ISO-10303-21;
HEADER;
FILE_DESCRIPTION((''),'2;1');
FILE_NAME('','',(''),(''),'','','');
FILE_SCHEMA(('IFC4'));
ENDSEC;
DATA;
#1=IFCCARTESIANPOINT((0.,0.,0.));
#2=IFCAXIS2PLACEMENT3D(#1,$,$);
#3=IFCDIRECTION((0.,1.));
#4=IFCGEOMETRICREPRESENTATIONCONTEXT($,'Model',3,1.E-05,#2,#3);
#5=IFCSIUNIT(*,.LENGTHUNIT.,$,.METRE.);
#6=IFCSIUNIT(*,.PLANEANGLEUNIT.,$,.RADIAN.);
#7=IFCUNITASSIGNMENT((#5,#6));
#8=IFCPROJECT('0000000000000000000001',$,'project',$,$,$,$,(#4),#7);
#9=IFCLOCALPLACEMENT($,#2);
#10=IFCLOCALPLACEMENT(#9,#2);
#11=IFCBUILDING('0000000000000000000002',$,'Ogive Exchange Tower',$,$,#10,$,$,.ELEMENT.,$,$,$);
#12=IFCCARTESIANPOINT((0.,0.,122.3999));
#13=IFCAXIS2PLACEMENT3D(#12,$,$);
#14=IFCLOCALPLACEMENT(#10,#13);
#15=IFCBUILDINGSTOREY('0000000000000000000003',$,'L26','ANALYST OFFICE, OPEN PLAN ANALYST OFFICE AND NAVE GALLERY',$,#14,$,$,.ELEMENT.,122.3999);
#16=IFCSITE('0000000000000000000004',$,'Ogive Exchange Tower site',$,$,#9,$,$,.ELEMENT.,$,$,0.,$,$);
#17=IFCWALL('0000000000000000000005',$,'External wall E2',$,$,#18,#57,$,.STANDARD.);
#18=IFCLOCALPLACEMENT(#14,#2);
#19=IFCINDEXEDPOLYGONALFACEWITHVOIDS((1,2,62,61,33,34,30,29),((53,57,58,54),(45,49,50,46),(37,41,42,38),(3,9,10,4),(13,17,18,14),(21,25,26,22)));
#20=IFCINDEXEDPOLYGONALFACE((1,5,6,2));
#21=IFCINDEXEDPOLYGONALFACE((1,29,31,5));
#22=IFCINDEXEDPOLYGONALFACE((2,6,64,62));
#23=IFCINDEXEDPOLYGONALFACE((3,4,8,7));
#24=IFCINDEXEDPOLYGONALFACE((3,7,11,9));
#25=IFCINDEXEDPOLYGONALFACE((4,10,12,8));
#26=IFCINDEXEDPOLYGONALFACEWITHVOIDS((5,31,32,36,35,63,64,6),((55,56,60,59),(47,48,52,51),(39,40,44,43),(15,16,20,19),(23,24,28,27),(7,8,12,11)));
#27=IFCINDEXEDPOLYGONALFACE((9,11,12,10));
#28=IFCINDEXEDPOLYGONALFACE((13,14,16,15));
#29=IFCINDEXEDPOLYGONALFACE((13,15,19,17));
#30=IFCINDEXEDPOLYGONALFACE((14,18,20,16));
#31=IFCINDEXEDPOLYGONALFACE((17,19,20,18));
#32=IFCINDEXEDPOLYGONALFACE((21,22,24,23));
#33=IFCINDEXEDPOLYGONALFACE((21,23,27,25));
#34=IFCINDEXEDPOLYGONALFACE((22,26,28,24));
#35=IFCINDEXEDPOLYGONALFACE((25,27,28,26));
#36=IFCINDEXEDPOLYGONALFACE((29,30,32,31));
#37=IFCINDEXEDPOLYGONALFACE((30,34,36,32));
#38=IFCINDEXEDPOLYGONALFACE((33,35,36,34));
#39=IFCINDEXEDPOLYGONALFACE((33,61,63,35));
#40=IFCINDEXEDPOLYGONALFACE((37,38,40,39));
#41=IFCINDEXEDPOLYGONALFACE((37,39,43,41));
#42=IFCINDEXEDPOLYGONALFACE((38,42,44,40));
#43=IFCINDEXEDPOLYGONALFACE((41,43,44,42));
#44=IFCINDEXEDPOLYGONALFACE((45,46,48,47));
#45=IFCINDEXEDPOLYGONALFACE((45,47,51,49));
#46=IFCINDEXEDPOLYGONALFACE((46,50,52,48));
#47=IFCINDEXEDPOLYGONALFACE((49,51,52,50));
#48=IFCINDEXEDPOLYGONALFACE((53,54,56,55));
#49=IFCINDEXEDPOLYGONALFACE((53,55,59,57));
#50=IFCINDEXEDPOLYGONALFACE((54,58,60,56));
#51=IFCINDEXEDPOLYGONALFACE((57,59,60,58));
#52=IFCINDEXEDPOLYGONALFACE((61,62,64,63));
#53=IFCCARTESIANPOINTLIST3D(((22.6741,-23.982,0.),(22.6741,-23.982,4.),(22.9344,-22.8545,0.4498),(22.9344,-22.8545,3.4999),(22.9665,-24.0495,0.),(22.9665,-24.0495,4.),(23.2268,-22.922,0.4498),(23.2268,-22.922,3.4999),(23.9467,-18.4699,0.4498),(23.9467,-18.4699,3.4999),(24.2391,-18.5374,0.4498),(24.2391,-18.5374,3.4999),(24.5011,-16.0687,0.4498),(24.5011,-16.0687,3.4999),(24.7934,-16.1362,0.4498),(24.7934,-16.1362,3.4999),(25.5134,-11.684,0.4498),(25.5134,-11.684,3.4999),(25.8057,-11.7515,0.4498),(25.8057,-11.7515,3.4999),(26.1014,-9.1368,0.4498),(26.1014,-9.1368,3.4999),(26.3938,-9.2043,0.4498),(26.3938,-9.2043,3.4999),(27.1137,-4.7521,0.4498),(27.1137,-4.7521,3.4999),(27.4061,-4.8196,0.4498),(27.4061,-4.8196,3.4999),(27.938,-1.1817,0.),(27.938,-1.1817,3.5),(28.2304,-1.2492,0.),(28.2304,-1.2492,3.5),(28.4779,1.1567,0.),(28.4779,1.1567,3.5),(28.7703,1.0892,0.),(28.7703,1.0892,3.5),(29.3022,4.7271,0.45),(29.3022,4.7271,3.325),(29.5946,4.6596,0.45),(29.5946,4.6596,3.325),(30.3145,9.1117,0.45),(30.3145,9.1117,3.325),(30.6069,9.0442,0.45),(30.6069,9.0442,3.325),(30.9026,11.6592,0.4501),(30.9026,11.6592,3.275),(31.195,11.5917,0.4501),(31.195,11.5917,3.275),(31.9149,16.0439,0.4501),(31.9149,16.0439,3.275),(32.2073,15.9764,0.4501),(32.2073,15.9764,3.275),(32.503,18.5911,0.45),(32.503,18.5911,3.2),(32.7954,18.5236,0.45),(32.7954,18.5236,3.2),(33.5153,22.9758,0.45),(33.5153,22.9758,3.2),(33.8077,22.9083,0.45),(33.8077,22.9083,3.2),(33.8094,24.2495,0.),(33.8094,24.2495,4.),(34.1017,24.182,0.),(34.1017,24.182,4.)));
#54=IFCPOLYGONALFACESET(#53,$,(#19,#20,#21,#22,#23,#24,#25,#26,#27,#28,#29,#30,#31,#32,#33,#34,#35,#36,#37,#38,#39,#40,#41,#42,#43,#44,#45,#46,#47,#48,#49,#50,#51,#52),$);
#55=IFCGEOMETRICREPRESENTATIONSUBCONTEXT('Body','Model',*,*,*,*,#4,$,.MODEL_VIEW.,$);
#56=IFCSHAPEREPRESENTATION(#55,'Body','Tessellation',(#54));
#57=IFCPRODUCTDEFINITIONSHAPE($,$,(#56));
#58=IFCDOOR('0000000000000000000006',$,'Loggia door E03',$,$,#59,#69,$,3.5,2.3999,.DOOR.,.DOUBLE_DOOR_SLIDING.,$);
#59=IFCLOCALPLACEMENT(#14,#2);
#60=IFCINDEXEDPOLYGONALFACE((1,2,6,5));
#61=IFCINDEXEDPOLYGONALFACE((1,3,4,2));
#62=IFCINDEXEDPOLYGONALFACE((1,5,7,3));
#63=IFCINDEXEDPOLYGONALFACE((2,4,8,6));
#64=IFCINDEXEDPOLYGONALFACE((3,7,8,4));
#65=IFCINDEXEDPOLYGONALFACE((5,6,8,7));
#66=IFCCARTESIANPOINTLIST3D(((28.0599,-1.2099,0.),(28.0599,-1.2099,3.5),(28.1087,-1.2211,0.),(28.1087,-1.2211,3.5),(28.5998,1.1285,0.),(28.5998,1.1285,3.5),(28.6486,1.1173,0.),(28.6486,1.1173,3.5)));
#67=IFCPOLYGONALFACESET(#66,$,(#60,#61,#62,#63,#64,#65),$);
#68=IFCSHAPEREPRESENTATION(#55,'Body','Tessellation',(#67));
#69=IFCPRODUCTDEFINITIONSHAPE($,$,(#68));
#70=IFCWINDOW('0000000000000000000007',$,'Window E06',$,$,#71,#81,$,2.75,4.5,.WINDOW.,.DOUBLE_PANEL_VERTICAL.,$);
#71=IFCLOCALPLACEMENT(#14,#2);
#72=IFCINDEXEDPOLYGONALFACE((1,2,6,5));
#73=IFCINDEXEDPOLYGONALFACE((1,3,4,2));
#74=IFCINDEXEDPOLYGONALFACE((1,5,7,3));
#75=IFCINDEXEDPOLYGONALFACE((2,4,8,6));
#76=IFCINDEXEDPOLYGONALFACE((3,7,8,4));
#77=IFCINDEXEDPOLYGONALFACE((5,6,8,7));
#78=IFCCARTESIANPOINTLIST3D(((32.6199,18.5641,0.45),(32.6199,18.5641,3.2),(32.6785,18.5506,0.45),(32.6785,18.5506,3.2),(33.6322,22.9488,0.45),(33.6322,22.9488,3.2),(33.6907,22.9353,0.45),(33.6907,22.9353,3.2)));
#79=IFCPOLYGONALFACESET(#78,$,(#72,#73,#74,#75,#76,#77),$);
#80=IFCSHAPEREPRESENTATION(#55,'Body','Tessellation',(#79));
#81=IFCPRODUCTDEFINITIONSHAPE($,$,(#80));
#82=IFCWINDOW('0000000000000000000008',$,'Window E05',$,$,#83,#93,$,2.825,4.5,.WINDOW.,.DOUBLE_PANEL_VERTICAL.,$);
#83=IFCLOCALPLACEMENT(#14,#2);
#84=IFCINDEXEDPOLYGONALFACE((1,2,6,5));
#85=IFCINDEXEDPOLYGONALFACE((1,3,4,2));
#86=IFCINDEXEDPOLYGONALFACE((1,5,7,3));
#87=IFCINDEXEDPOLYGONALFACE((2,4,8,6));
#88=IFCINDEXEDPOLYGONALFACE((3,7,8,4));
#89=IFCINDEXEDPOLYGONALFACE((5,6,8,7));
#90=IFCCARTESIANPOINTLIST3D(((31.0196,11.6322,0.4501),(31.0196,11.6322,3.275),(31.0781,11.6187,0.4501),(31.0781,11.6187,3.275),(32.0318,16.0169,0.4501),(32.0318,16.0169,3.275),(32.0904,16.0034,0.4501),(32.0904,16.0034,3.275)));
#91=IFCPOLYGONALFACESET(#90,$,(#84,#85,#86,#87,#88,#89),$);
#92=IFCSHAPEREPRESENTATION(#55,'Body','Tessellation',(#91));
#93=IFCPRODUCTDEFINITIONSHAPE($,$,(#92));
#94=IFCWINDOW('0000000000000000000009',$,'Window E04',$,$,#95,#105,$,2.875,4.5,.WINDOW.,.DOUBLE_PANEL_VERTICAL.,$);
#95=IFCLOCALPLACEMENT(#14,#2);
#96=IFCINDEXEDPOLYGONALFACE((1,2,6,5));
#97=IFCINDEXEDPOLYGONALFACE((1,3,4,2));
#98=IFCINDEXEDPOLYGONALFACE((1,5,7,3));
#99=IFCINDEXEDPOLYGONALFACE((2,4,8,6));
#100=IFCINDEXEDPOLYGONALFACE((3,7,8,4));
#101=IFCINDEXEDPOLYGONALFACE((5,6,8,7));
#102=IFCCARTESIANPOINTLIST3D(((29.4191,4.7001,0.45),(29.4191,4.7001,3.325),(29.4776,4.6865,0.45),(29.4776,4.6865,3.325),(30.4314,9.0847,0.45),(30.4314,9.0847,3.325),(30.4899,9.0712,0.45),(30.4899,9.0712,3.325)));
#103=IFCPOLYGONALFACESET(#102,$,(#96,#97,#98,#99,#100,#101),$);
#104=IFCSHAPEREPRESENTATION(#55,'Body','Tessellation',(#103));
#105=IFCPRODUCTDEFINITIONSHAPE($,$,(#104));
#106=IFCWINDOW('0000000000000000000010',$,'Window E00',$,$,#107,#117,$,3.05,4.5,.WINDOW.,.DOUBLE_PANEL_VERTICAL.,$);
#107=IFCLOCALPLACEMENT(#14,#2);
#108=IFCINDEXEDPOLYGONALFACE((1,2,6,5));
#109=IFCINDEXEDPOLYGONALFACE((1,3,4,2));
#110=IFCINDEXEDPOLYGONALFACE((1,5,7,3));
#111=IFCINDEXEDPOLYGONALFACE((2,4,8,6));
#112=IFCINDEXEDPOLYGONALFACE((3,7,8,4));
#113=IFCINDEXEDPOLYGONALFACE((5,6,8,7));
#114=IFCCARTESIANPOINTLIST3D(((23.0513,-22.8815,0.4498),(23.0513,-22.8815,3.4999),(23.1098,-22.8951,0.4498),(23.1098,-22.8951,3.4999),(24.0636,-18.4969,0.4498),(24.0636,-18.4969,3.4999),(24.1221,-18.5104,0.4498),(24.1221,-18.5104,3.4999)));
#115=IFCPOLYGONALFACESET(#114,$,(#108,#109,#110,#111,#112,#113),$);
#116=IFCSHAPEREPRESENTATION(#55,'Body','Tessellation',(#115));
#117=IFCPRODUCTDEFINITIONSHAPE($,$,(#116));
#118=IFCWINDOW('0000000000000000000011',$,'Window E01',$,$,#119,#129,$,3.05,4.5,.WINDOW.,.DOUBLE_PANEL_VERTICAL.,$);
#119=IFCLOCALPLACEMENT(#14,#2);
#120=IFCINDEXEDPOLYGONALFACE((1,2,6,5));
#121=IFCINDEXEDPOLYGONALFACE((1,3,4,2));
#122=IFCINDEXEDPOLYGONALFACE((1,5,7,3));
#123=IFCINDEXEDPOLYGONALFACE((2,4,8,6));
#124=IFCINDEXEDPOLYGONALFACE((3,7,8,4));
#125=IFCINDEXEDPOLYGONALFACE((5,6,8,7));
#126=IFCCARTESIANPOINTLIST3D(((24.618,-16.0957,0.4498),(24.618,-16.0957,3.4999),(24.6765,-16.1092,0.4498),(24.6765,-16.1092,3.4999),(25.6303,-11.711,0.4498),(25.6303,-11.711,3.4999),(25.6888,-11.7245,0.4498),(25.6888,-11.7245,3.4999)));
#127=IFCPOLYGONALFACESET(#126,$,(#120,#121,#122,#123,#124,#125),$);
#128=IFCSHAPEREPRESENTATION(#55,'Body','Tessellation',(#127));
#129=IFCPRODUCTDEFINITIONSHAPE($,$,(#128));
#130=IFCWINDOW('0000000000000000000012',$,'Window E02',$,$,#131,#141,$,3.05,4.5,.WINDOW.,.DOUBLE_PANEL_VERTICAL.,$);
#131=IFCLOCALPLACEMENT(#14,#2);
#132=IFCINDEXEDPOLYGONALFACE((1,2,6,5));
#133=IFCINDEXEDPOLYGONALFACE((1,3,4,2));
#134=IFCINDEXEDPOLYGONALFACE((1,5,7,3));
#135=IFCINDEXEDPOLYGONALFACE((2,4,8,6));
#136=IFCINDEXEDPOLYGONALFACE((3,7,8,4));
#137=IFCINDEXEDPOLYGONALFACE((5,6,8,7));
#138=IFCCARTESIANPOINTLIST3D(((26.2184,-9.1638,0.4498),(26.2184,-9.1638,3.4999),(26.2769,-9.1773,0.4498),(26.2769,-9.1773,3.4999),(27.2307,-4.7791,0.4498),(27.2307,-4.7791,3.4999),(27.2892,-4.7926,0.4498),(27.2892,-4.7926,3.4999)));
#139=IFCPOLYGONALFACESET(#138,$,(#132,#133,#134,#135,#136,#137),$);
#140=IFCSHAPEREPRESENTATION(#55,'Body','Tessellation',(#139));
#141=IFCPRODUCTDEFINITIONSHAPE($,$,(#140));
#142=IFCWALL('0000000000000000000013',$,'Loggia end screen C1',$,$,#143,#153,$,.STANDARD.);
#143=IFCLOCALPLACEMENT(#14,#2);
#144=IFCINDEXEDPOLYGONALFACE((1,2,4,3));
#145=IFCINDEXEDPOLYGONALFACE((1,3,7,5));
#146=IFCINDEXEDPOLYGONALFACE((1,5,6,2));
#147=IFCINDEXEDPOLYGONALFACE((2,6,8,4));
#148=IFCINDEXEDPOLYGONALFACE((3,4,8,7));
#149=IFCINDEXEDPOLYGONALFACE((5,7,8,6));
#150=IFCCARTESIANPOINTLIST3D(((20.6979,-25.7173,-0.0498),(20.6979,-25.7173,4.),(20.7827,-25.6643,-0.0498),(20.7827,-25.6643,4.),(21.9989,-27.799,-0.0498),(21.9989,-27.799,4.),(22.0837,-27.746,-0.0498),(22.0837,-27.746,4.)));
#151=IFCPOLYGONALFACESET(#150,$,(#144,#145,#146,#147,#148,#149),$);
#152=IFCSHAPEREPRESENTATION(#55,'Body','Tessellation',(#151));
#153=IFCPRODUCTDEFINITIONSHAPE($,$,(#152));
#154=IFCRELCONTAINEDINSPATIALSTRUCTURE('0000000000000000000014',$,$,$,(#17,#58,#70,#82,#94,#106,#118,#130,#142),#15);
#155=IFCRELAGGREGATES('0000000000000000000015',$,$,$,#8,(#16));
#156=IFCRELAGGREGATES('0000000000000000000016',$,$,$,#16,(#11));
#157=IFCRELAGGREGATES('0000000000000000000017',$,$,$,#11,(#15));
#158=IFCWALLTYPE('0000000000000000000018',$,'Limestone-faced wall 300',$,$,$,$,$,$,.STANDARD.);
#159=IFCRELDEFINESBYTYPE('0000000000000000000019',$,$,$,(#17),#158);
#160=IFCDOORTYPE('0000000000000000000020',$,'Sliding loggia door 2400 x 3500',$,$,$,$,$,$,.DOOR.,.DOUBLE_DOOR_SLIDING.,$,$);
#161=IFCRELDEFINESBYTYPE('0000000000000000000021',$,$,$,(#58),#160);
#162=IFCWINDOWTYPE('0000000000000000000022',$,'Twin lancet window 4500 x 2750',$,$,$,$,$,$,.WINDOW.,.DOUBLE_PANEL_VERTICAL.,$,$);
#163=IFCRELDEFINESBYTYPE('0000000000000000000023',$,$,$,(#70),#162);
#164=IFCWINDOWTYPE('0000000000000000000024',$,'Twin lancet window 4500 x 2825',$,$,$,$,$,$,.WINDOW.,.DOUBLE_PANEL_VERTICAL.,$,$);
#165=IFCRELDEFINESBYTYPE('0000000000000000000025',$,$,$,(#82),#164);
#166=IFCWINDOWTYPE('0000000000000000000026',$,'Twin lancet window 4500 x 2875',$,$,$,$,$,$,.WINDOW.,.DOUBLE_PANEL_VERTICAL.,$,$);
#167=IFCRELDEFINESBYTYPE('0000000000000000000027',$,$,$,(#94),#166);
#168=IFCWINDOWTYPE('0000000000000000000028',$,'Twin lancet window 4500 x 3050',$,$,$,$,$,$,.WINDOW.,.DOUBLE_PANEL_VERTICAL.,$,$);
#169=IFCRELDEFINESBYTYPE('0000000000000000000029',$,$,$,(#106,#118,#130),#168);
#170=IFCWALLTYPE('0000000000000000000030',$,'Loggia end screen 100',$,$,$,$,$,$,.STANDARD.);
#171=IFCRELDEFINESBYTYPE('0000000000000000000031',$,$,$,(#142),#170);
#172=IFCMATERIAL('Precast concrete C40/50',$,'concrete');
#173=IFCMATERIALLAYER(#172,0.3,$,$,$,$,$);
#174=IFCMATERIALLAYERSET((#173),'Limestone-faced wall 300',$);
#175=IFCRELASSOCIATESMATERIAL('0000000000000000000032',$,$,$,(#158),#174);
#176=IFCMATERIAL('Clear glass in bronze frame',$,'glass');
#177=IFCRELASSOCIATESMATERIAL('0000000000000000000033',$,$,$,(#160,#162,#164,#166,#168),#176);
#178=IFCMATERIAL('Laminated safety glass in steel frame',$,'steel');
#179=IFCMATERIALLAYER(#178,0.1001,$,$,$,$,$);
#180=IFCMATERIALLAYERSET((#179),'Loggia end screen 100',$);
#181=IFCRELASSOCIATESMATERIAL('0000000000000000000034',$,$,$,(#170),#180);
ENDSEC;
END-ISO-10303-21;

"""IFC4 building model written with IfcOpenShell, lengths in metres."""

from ifc_helpers import new_model, si_unit, direction, frame, frame_2d, origin, place, context, subcontext, project, spatial, rectangle, extrude, material, layer, layer_set, type_object, element, fill, save


model = new_model("IFC4")

# Units and contexts
model_context = context("Model", 3, precision=1e-05, world=origin(), true_north=direction((0.0, 1.0)))
body_context = subcontext(model_context, "Body", "Model", "MODEL_VIEW")
ifc_project = project(units=[si_unit("LENGTHUNIT", "METRE"), si_unit("PLANEANGLEUNIT", "RADIAN")], contexts=[model_context])

# Site, building, storey
site_placement = place(None, origin())
site = spatial("IfcSite", under=ifc_project, at=site_placement, Name="Ogive Exchange Tower site", CompositionType="ELEMENT", RefElevation=0.0)
building_placement = place(site_placement, origin())
building = spatial("IfcBuilding", under=site, at=building_placement, Name="Ogive Exchange Tower", CompositionType="ELEMENT")
storey_placement = place(building_placement, frame((0.0, 0.0, 122.3999)))
storey = spatial("IfcBuildingStorey", under=building, at=storey_placement, Name="L26", Description="ANALYST OFFICE, OPEN PLAN ANALYST OFFICE AND NAVE GALLERY", CompositionType="ELEMENT", Elevation=122.3999)

# Wall, openings, door, windows
ifc_material_1 = material(Name="Precast concrete C40/50", Category="concrete")
ifc_layer_1 = layer(ifc_material_1, 0.3)
ifc_layer_set_1 = layer_set([ifc_layer_1], Name="Limestone-faced wall 300")
wall_type_1 = type_object("IfcWallType", Name="Limestone-faced wall 300", PredefinedType="STANDARD", material=ifc_layer_set_1)
wall_1_placement = place(storey_placement, frame((22.8203, -24.0156, 0.0), z_axis=(0.0, 0.0, 1.0), x_axis=(0.224954, 0.974369, 0.0)))
wall_1 = element("IfcWall", 1, at=wall_1_placement, inside=storey, type_object=wall_type_1, Name="External wall E2", PredefinedType="STANDARD", context=body_context, shape_type="SweptSolid", body=[
    extrude(rectangle(XDim=49.5002, YDim=0.3, at=frame_2d((24.75, 0.0))), origin(), (0.0, 0.0, 1.0), 4.0),
])
opening_1_placement = place(wall_1_placement, frame((1.157, 0.0, 0.45)))
opening_1 = element("IfcOpeningElement", 2, at=opening_1_placement, cuts=wall_1, PredefinedType="OPENING", context=body_context, shape_type="SweptSolid", body=[
    extrude(rectangle(XDim=4.5, YDim=3.05, at=frame_2d((2.25, 1.5249))), frame((0.0, 0.1599, 0.0), z_axis=(0.0, -1.0, 0.0), x_axis=(1.0, 0.0, 0.0)), (0.0, 0.0, 1.0), 0.3201),
])
opening_2_placement = place(wall_1_placement, frame((8.1213, 0.0, 0.45)))
opening_2 = element("IfcOpeningElement", 3, at=opening_2_placement, cuts=wall_1, PredefinedType="OPENING", context=body_context, shape_type="SweptSolid", body=[
    extrude(rectangle(XDim=4.5, YDim=3.05, at=frame_2d((2.25, 1.5249))), frame((0.0, 0.1599, 0.0), z_axis=(0.0, -1.0, 0.0), x_axis=(1.0, 0.0, 0.0)), (0.0, 0.0, 1.0), 0.3201),
])
opening_3_placement = place(wall_1_placement, frame((15.2356, 0.0, 0.45)))
opening_3 = element("IfcOpeningElement", 4, at=opening_3_placement, cuts=wall_1, PredefinedType="OPENING", context=body_context, shape_type="SweptSolid", body=[
    extrude(rectangle(XDim=4.5, YDim=3.05, at=frame_2d((2.25, 1.5249))), frame((0.0, 0.1599, 0.0), z_axis=(0.0, -1.0, 0.0), x_axis=(1.0, 0.0, 0.0)), (0.0, 0.0, 1.0), 0.3201),
])
opening_4_placement = place(wall_1_placement, frame((23.3999, 0.0, 0.0)))
opening_4 = element("IfcOpeningElement", 5, at=opening_4_placement, cuts=wall_1, PredefinedType="OPENING", context=body_context, shape_type="SweptSolid", body=[
    extrude(rectangle(XDim=2.3999, YDim=3.5, at=frame_2d((1.2, 1.75))), frame((0.0, 0.1599, 0.0), z_axis=(0.0, -1.0, 0.0), x_axis=(1.0, 0.0, 0.0)), (0.0, 0.0, 1.0), 0.3201),
])
opening_5_placement = place(wall_1_placement, frame((29.4641, 0.0, 0.45)))
opening_5 = element("IfcOpeningElement", 6, at=opening_5_placement, cuts=wall_1, PredefinedType="OPENING", context=body_context, shape_type="SweptSolid", body=[
    extrude(rectangle(XDim=4.5, YDim=2.875, at=frame_2d((2.25, 1.4375))), frame((0.0, 0.1599, 0.0), z_axis=(0.0, -1.0, 0.0), x_axis=(1.0, 0.0, 0.0)), (0.0, 0.0, 1.0), 0.3201),
])
opening_6_placement = place(wall_1_placement, frame((36.5786, 0.0, 0.45)))
opening_6 = element("IfcOpeningElement", 7, at=opening_6_placement, cuts=wall_1, PredefinedType="OPENING", context=body_context, shape_type="SweptSolid", body=[
    extrude(rectangle(XDim=4.5, YDim=2.825, at=frame_2d((2.25, 1.4126))), frame((0.0, 0.1599, 0.0), z_axis=(0.0, -1.0, 0.0), x_axis=(1.0, 0.0, 0.0)), (0.0, 0.0, 1.0), 0.3201),
])
opening_7_placement = place(wall_1_placement, frame((43.6929, 0.0, 0.45)))
opening_7 = element("IfcOpeningElement", 8, at=opening_7_placement, cuts=wall_1, PredefinedType="OPENING", context=body_context, shape_type="SweptSolid", body=[
    extrude(rectangle(XDim=4.5, YDim=2.75, at=frame_2d((2.25, 1.375))), frame((0.0, 0.1599, 0.0), z_axis=(0.0, -1.0, 0.0), x_axis=(1.0, 0.0, 0.0)), (0.0, 0.0, 1.0), 0.3201),
])
ifc_material_2 = material(Name="Clear glass in bronze frame", Category="glass")
door_type = type_object("IfcDoorType", Name="Sliding loggia door 2400 x 3500", OperationType="DOUBLE_DOOR_SLIDING", PredefinedType="DOOR", material=ifc_material_2)
door_placement = place(opening_4_placement, origin())
door = element("IfcDoor", 9, at=door_placement, inside=storey, type_object=door_type, Name="Loggia door E03", OperationType="DOUBLE_DOOR_SLIDING", OverallHeight=3.5, OverallWidth=2.3999, PredefinedType="DOOR", context=body_context, shape_type="SweptSolid", body=[
    extrude(rectangle(XDim=2.3999, YDim=3.5, at=frame_2d((1.2, 1.75))), frame((0.0, 0.0249, 0.0), z_axis=(0.0, -1.0, 0.0), x_axis=(1.0, 0.0, 0.0)), (0.0, 0.0, 1.0), 0.05),
])
fill(opening_4, door)
window_type_1 = type_object("IfcWindowType", Name="Twin lancet window 4500 x 2750", PartitioningType="DOUBLE_PANEL_VERTICAL", PredefinedType="WINDOW", material=ifc_material_2)
window_1_placement = place(opening_7_placement, origin())
window_1 = element("IfcWindow", 10, at=window_1_placement, inside=storey, type_object=window_type_1, Name="Window E06", OverallHeight=2.75, OverallWidth=4.5, PartitioningType="DOUBLE_PANEL_VERTICAL", PredefinedType="WINDOW", context=body_context, shape_type="SweptSolid", body=[
    extrude(rectangle(XDim=4.5, YDim=2.75, at=frame_2d((2.25, 1.375))), frame((0.0, 0.03, 0.0), z_axis=(0.0, -1.0, 0.0), x_axis=(1.0, 0.0, 0.0)), (0.0, 0.0, 1.0), 0.0601),
])
fill(opening_7, window_1)
window_type_2 = type_object("IfcWindowType", Name="Twin lancet window 4500 x 2825", PartitioningType="DOUBLE_PANEL_VERTICAL", PredefinedType="WINDOW", material=ifc_material_2)
window_2_placement = place(opening_6_placement, origin())
window_2 = element("IfcWindow", 11, at=window_2_placement, inside=storey, type_object=window_type_2, Name="Window E05", OverallHeight=2.825, OverallWidth=4.5, PartitioningType="DOUBLE_PANEL_VERTICAL", PredefinedType="WINDOW", context=body_context, shape_type="SweptSolid", body=[
    extrude(rectangle(XDim=4.5, YDim=2.825, at=frame_2d((2.25, 1.4126))), frame((0.0, 0.03, 0.0), z_axis=(0.0, -1.0, 0.0), x_axis=(1.0, 0.0, 0.0)), (0.0, 0.0, 1.0), 0.0601),
])
fill(opening_6, window_2)
window_type_3 = type_object("IfcWindowType", Name="Twin lancet window 4500 x 2875", PartitioningType="DOUBLE_PANEL_VERTICAL", PredefinedType="WINDOW", material=ifc_material_2)
window_3_placement = place(opening_5_placement, origin())
window_3 = element("IfcWindow", 12, at=window_3_placement, inside=storey, type_object=window_type_3, Name="Window E04", OverallHeight=2.875, OverallWidth=4.5, PartitioningType="DOUBLE_PANEL_VERTICAL", PredefinedType="WINDOW", context=body_context, shape_type="SweptSolid", body=[
    extrude(rectangle(XDim=4.5, YDim=2.875, at=frame_2d((2.25, 1.4375))), frame((0.0, 0.03, 0.0), z_axis=(0.0, -1.0, 0.0), x_axis=(1.0, 0.0, 0.0)), (0.0, 0.0, 1.0), 0.0601),
])
fill(opening_5, window_3)
window_type_4 = type_object("IfcWindowType", Name="Twin lancet window 4500 x 3050", PartitioningType="DOUBLE_PANEL_VERTICAL", PredefinedType="WINDOW", material=ifc_material_2)
window_4_placement = place(opening_1_placement, origin())
window_4 = element("IfcWindow", 13, at=window_4_placement, inside=storey, type_object=window_type_4, Name="Window E00", OverallHeight=3.05, OverallWidth=4.5, PartitioningType="DOUBLE_PANEL_VERTICAL", PredefinedType="WINDOW", context=body_context, shape_type="SweptSolid", body=[
    extrude(rectangle(XDim=4.5, YDim=3.05, at=frame_2d((2.25, 1.5249))), frame((0.0, 0.03, 0.0), z_axis=(0.0, -1.0, 0.0), x_axis=(1.0, 0.0, 0.0)), (0.0, 0.0, 1.0), 0.0601),
])
fill(opening_1, window_4)
window_5_placement = place(opening_2_placement, origin())
window_5 = element("IfcWindow", 14, at=window_5_placement, inside=storey, type_object=window_type_4, Name="Window E01", OverallHeight=3.05, OverallWidth=4.5, PartitioningType="DOUBLE_PANEL_VERTICAL", PredefinedType="WINDOW", context=body_context, shape_type="SweptSolid", body=[
    extrude(rectangle(XDim=4.5, YDim=3.05, at=frame_2d((2.25, 1.5249))), frame((0.0, 0.03, 0.0), z_axis=(0.0, -1.0, 0.0), x_axis=(1.0, 0.0, 0.0)), (0.0, 0.0, 1.0), 0.0601),
])
fill(opening_2, window_5)
window_6_placement = place(opening_3_placement, origin())
window_6 = element("IfcWindow", 15, at=window_6_placement, inside=storey, type_object=window_type_4, Name="Window E02", OverallHeight=3.05, OverallWidth=4.5, PartitioningType="DOUBLE_PANEL_VERTICAL", PredefinedType="WINDOW", context=body_context, shape_type="SweptSolid", body=[
    extrude(rectangle(XDim=4.5, YDim=3.05, at=frame_2d((2.25, 1.5249))), frame((0.0, 0.03, 0.0), z_axis=(0.0, -1.0, 0.0), x_axis=(1.0, 0.0, 0.0)), (0.0, 0.0, 1.0), 0.0601),
])
fill(opening_3, window_6)

# Wall
ifc_material_3 = material(Name="Laminated safety glass in steel frame", Category="steel")
ifc_layer_2 = layer(ifc_material_3, 0.1001)
ifc_layer_set_2 = layer_set([ifc_layer_2], Name="Loggia end screen 100")
wall_type_2 = type_object("IfcWallType", Name="Loggia end screen 100", PredefinedType="STANDARD", material=ifc_layer_set_2)
wall_2_placement = place(storey_placement, frame((20.7402, -25.6907, -0.0498), z_axis=(0.0, 0.0, 1.0), x_axis=(0.529972, -0.848015, 0.0)))
element("IfcWall", 16, at=wall_2_placement, inside=storey, type_object=wall_type_2, Name="Loggia end screen C1", PredefinedType="STANDARD", context=body_context, shape_type="SweptSolid", body=[
    extrude(rectangle(XDim=2.4548, YDim=0.1001, at=frame_2d((1.2275, 0.0))), origin(), (0.0, 0.0, 1.0), 4.0498),
])

save(model, "model.ifc")
